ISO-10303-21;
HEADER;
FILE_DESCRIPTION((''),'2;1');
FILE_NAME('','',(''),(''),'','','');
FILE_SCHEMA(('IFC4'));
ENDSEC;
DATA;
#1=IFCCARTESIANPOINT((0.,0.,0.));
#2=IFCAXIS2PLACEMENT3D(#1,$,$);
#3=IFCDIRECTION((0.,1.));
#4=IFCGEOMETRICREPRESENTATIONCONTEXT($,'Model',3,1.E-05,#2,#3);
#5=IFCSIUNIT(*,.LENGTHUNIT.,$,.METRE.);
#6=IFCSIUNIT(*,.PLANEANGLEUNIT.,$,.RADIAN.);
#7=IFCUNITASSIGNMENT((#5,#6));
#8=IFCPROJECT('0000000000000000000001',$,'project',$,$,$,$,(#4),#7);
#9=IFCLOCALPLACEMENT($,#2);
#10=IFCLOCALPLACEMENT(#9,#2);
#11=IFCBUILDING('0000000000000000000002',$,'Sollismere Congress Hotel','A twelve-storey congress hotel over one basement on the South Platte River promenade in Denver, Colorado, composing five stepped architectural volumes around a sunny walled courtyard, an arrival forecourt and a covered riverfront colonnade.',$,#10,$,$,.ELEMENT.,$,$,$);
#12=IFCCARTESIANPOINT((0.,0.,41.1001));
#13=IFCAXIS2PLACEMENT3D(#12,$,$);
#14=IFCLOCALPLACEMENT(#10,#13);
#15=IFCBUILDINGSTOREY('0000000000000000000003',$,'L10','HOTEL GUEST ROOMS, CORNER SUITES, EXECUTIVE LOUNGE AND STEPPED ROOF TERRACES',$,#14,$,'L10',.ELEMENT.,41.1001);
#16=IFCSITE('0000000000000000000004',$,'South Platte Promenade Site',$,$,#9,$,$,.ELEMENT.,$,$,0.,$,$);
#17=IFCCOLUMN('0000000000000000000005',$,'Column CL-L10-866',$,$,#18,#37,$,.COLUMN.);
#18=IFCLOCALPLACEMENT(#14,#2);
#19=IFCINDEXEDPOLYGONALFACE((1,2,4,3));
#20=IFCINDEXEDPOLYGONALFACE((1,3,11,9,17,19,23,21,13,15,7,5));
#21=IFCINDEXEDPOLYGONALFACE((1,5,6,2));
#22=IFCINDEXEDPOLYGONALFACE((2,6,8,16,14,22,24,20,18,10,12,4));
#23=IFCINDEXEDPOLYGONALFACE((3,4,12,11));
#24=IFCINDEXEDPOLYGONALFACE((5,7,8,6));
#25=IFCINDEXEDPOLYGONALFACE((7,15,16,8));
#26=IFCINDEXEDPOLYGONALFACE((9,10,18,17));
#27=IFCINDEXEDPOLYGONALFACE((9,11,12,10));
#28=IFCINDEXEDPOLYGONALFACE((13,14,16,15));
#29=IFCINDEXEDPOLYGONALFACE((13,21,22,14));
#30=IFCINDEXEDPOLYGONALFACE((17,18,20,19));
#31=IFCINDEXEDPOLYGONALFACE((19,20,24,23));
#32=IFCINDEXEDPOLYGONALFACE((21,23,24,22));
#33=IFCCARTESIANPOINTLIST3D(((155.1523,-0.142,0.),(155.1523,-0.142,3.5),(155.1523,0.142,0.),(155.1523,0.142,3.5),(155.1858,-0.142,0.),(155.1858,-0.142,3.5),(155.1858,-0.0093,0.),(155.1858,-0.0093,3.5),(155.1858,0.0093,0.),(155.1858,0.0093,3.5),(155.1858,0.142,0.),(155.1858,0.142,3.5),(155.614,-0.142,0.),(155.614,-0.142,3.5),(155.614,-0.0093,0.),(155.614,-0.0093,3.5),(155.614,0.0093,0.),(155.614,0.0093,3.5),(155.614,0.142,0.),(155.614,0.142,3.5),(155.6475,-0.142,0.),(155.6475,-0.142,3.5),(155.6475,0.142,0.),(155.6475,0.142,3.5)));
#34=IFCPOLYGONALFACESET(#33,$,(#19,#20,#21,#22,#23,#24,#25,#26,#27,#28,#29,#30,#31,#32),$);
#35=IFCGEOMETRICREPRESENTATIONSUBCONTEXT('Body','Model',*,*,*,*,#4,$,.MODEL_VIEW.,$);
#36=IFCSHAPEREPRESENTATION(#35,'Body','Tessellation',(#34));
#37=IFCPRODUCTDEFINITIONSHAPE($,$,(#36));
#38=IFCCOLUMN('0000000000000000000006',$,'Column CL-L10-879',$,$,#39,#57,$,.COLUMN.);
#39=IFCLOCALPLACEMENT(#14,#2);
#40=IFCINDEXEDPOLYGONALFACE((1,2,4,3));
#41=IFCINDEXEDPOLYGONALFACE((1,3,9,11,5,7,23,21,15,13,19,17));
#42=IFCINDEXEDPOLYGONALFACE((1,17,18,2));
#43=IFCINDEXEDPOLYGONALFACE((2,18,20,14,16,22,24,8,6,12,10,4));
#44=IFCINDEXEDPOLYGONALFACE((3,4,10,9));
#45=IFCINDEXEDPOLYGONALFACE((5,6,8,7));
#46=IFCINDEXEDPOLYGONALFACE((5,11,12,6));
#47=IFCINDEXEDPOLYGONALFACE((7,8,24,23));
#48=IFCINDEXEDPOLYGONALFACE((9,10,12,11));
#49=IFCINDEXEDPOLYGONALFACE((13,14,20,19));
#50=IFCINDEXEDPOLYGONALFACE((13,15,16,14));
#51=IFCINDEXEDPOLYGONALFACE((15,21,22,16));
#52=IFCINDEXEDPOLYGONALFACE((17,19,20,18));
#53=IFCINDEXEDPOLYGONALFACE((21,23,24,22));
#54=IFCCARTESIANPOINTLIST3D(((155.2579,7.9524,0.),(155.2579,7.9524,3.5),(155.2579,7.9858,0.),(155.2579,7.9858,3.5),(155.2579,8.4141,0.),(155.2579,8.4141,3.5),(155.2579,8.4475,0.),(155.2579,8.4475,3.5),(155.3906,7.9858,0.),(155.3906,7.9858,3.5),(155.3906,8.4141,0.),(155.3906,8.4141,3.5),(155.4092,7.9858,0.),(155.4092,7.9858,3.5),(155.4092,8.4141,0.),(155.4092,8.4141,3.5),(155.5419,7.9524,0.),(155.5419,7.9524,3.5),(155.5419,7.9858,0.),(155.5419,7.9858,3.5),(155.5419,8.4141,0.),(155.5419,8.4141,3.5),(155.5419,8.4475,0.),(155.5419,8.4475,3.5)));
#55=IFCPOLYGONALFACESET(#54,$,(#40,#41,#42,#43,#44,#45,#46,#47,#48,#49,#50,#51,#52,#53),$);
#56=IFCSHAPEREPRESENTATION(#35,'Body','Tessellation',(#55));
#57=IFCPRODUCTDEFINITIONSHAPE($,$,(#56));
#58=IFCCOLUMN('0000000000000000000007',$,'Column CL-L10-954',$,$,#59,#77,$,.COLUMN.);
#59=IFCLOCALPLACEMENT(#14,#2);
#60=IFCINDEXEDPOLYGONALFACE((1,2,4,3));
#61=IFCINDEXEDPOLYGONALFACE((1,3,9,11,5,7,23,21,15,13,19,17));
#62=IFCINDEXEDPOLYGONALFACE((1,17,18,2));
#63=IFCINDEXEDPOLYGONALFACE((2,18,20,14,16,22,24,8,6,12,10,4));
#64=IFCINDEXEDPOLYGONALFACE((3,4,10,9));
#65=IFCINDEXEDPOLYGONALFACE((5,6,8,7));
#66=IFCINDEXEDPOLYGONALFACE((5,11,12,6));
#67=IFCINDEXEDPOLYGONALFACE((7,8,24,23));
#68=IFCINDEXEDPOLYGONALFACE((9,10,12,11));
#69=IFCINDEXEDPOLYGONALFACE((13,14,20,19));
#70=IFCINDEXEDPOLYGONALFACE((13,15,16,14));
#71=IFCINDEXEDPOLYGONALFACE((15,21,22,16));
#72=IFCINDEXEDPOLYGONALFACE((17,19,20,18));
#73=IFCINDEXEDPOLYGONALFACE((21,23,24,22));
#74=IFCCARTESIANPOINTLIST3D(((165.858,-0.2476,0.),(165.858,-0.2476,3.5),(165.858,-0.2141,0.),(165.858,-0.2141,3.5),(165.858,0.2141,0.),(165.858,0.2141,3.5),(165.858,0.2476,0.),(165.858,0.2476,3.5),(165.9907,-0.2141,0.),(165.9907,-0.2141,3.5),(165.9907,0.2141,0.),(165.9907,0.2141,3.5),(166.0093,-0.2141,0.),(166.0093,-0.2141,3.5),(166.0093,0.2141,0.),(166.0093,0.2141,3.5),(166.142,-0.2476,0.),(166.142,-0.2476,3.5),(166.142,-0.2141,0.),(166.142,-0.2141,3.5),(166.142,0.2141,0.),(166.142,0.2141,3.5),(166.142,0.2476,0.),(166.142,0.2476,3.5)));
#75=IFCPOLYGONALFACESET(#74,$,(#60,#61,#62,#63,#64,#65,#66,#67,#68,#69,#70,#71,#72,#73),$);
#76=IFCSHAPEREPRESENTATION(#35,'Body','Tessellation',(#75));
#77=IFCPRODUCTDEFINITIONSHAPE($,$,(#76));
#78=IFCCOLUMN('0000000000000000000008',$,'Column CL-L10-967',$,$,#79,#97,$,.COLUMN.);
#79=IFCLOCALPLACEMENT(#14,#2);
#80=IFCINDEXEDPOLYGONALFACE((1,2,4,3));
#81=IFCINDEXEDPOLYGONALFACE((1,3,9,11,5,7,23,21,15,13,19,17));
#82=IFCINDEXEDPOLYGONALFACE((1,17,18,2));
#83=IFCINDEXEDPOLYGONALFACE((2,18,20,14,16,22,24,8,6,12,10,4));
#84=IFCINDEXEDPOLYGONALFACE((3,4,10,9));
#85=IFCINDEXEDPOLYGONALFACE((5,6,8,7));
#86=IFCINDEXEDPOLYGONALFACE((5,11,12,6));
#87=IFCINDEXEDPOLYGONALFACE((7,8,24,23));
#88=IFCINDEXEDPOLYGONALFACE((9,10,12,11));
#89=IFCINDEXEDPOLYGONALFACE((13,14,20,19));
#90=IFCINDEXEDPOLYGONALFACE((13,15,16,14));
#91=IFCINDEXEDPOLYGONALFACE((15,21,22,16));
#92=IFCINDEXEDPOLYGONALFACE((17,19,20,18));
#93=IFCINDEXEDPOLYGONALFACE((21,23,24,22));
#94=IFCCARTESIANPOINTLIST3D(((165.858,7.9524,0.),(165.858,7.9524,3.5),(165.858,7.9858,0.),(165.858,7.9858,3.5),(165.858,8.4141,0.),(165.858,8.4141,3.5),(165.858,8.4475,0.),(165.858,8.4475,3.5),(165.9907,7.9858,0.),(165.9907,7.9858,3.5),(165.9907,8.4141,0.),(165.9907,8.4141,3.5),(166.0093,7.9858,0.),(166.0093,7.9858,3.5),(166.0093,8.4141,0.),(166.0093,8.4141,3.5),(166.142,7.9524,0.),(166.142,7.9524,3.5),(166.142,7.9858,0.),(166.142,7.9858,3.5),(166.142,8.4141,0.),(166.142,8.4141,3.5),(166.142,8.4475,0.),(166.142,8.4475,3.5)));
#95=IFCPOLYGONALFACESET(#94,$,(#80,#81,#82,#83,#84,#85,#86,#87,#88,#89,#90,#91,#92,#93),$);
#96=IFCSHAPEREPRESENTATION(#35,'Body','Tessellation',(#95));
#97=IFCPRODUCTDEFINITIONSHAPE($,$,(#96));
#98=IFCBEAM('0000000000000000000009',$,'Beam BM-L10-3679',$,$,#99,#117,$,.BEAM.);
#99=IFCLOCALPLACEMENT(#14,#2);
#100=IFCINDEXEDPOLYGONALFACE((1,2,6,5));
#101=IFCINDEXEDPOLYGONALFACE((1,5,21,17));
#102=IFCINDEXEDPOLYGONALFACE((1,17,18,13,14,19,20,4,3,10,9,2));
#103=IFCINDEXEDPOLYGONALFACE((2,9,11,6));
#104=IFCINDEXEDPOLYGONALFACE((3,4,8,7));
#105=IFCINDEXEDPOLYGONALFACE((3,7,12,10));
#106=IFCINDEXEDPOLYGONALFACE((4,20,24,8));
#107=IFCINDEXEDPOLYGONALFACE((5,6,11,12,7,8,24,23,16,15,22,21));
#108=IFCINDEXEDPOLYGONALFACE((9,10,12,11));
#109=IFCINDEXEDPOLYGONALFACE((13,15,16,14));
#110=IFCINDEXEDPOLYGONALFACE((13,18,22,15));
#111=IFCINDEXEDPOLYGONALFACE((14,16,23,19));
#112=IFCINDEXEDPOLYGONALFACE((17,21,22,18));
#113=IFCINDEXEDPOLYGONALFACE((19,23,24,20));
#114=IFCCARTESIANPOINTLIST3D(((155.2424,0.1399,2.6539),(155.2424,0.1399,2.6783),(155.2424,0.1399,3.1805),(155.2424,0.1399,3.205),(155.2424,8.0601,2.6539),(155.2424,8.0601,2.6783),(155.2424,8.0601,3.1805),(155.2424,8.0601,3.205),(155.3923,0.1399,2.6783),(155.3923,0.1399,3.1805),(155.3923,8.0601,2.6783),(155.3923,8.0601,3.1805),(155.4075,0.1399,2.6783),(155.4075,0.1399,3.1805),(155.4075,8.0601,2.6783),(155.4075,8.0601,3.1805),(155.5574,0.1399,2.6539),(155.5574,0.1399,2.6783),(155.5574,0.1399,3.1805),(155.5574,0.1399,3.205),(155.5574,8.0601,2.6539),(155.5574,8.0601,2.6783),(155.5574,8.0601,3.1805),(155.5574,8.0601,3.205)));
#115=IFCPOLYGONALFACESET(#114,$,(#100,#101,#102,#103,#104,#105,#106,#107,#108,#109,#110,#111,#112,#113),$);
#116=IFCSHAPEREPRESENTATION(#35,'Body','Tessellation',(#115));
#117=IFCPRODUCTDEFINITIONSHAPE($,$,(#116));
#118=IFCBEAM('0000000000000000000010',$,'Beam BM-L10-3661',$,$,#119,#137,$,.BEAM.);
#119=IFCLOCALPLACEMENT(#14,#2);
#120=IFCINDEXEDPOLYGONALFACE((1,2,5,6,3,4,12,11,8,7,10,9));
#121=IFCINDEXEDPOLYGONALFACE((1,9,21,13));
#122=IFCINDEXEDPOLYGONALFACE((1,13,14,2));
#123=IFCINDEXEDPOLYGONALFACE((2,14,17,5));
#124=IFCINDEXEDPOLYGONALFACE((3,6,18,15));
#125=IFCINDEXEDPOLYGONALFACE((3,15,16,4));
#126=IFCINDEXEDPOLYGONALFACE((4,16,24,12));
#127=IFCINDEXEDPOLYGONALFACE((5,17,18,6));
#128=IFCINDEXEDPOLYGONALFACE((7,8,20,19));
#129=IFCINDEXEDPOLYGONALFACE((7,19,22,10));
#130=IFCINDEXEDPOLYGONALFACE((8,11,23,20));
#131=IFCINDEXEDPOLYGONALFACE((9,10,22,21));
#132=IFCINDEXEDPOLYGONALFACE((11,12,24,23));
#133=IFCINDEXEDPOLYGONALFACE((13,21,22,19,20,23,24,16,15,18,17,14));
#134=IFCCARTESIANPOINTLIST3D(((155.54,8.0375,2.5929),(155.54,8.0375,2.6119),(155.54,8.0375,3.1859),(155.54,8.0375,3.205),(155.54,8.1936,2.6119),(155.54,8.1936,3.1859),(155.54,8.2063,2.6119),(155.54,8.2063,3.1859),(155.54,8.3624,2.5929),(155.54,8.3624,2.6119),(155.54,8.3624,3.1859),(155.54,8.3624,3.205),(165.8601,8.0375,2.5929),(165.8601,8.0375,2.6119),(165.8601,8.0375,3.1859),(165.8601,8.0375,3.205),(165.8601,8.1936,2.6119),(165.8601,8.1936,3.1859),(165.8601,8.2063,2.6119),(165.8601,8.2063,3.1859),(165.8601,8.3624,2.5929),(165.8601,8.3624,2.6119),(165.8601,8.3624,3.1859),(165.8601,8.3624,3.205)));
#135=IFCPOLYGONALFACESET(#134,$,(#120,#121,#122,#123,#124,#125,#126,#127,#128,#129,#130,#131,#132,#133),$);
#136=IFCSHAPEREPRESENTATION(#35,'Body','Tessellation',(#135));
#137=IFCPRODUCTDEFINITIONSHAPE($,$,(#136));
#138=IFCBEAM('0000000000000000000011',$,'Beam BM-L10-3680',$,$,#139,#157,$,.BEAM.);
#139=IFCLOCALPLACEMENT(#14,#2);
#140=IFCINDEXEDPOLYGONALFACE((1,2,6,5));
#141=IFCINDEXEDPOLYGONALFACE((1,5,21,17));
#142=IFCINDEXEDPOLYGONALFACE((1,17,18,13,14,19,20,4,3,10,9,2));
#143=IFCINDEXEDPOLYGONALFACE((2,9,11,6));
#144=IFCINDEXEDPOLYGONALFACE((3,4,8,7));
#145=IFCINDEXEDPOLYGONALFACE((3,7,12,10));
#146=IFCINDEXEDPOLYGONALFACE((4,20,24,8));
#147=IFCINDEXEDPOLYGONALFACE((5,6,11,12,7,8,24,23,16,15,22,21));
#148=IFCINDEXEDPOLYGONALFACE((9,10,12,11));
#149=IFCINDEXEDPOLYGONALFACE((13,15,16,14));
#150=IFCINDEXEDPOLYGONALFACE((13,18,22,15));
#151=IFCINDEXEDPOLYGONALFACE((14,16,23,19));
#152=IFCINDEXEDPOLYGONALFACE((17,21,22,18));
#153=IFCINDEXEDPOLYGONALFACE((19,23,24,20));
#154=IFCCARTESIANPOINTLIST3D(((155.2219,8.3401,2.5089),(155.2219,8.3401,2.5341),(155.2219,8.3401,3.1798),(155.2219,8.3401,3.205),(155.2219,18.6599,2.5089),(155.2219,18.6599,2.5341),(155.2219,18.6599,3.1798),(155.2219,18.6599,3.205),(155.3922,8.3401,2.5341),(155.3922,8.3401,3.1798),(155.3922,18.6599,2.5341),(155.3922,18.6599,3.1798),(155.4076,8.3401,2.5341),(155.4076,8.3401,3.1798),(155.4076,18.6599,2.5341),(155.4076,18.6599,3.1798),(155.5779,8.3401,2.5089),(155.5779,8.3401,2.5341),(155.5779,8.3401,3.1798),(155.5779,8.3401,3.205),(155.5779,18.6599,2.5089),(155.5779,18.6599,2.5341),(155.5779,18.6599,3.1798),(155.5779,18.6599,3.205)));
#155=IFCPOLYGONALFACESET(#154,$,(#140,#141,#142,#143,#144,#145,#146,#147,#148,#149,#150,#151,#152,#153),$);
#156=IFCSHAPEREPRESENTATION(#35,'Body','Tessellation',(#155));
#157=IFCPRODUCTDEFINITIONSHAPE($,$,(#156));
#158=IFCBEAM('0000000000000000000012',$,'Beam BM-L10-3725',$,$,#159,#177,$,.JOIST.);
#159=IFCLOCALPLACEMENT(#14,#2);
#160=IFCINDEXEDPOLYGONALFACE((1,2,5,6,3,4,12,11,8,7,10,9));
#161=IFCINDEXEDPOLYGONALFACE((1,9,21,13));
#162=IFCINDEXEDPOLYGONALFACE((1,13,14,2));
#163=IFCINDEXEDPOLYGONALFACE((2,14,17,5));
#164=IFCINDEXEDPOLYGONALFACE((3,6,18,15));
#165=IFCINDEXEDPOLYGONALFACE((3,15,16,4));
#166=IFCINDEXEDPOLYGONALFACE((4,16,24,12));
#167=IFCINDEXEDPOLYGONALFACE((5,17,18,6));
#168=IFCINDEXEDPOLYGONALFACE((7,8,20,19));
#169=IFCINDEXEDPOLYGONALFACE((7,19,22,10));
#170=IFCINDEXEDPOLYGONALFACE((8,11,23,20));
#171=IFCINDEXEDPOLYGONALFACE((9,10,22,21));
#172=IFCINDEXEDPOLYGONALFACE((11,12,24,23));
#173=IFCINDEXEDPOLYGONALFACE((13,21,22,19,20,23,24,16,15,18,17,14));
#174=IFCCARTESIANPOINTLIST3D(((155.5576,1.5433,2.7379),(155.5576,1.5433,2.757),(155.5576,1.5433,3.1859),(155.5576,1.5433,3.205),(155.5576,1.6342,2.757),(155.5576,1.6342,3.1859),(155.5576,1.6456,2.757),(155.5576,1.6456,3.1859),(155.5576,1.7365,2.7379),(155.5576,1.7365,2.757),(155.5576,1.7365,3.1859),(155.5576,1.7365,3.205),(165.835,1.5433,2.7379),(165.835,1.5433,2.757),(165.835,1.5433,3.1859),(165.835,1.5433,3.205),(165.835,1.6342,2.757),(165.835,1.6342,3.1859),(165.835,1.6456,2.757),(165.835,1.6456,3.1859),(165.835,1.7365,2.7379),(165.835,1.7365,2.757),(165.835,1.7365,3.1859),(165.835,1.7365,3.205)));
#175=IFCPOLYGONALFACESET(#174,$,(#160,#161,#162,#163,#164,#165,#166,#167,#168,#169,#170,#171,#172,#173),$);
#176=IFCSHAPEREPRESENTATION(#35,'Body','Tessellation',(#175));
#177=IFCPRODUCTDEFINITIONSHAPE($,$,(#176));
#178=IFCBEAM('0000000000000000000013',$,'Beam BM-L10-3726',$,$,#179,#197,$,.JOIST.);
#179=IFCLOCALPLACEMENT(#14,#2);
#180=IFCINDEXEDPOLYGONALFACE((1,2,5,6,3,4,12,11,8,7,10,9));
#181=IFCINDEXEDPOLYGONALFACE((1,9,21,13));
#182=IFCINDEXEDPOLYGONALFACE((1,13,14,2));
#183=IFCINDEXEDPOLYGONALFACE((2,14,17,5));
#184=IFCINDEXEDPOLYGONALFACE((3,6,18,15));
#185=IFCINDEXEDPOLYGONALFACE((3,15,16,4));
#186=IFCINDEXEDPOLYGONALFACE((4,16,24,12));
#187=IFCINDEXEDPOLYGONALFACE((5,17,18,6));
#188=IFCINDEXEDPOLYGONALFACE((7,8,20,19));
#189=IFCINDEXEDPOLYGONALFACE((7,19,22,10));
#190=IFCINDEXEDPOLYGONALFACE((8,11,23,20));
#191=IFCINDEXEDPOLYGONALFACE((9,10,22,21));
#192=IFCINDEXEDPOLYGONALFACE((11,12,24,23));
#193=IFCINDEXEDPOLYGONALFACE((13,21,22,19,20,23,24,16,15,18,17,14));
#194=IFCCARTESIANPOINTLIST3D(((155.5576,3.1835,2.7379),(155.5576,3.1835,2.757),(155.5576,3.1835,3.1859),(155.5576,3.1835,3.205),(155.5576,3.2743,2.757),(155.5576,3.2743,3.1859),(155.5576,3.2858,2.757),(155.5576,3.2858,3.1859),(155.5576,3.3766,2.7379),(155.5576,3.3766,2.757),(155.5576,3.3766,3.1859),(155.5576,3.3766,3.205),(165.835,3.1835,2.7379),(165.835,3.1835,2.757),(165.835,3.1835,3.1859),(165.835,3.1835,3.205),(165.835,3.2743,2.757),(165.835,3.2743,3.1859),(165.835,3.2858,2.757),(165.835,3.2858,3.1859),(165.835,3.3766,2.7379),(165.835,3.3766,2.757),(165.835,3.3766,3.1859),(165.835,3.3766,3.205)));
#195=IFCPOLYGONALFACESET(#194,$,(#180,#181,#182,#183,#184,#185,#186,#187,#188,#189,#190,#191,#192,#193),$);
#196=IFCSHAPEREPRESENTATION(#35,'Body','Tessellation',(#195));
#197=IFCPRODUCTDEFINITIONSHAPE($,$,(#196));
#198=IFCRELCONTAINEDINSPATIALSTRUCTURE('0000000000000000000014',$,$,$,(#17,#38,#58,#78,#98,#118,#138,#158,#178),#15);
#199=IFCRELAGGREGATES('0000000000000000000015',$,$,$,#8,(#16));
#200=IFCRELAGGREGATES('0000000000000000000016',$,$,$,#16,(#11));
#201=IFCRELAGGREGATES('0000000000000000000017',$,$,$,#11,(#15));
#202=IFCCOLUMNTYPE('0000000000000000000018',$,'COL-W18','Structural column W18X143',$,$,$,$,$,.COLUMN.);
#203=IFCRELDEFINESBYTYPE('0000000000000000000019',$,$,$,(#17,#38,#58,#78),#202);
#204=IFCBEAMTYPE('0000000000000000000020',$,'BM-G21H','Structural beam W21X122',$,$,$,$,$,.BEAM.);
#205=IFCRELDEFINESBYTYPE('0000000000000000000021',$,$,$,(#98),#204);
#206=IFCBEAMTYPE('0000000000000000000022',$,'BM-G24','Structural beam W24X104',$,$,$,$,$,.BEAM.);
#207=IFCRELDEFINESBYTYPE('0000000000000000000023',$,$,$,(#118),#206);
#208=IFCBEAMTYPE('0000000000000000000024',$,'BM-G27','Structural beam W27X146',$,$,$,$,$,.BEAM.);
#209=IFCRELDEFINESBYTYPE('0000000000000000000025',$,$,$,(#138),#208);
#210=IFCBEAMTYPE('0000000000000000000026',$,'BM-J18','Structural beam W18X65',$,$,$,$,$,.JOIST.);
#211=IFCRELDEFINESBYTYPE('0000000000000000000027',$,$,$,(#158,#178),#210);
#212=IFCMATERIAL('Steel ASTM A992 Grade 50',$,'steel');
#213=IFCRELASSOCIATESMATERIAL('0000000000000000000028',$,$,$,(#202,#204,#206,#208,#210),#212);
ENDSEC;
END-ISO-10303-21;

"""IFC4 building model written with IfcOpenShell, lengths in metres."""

from ifc_helpers import new_model, si_unit, direction, frame, origin, origin_2d, place, context, subcontext, project, spatial, i_section, extrude, material, material_profile, profile_set, type_object, element, save


model = new_model("IFC4")

# Units and contexts
model_context = context("Model", 3, precision=1e-05, world=origin(), true_north=direction((0.0, 1.0)))
body_context = subcontext(model_context, "Body", "Model", "MODEL_VIEW")
ifc_project = project(units=[si_unit("LENGTHUNIT", "METRE"), si_unit("PLANEANGLEUNIT", "RADIAN")], contexts=[model_context])

# Site, building, storey
site_placement = place(None, origin())
site = spatial("IfcSite", under=ifc_project, at=site_placement, Name="South Platte Promenade Site", CompositionType="ELEMENT", RefElevation=0.0)
building_placement = place(site_placement, origin())
building = spatial("IfcBuilding", under=site, at=building_placement, Name="Sollismere Congress Hotel", Description="A twelve-storey congress hotel over one basement on the South Platte River promenade in Denver, Colorado, composing five stepped architectural volumes around a sunny walled courtyard, an arrival forecourt and a covered riverfront colonnade.", CompositionType="ELEMENT")
storey_placement = place(building_placement, frame((0.0, 0.0, 41.1001)))
storey = spatial("IfcBuildingStorey", under=building, at=storey_placement, Name="L10", Description="HOTEL GUEST ROOMS, CORNER SUITES, EXECUTIVE LOUNGE AND STEPPED ROOF TERRACES", LongName="L10", CompositionType="ELEMENT", Elevation=41.1001)

# Columns
ifc_material_1 = material(Name="Steel ASTM A992 Grade 50", Category="steel")
ifc_material_profile_1 = material_profile(ifc_material_1, i_section(OverallWidth=0.2839, OverallDepth=0.4951, WebThickness=0.0186, FlangeThickness=0.0334, at=origin_2d()), Name="W18X143")
ifc_profile_set_1 = profile_set([ifc_material_profile_1], Name="Steel ASTM A992 Grade 50")
column_type = type_object("IfcColumnType", Name="COL-W18", Description="Structural column W18X143", PredefinedType="COLUMN", material=ifc_profile_set_1)
for number, where, z_axis, x_axis, name in (
    (1, (155.3999, 0.0, 0.0), (0.0, 0.0, 1.0), (0.0, 1.0, 0.0), "Column CL-L10-866"),
    (2, (155.3999, 8.2, 0.0), (0.0, 0.0, 1.0), (1.0, 0.0, 0.0), "Column CL-L10-879"),
    (3, (166.0, 0.0, 0.0), (0.0, 0.0, 1.0), (1.0, 0.0, 0.0), "Column CL-L10-954"),
    (4, (166.0, 8.2, 0.0), (0.0, 0.0, 1.0), (1.0, 0.0, 0.0), "Column CL-L10-967"),
):
    element("IfcColumn", number, at=place(storey_placement, frame(where, z_axis=z_axis, x_axis=x_axis)), inside=storey, type_object=column_type, Name=name, PredefinedType="COLUMN", context=body_context, shape_type="SweptSolid", body=[
        extrude(i_section(OverallWidth=0.2839, OverallDepth=0.4951, WebThickness=0.0186, FlangeThickness=0.0334, at=origin_2d()), origin(), (0.0, 0.0, 1.0), 3.5),
    ])

# Beams
ifc_material_profile_2 = material_profile(ifc_material_1, i_section(OverallWidth=0.3149, OverallDepth=0.551, WebThickness=0.0151, FlangeThickness=0.0244, at=origin_2d()), Name="W21X122")
ifc_profile_set_2 = profile_set([ifc_material_profile_2], Name="Steel ASTM A992 Grade 50")
beam_type_1 = type_object("IfcBeamType", Name="BM-G21H", Description="Structural beam W21X122", PredefinedType="BEAM", material=ifc_profile_set_2)
beam_1_placement = place(storey_placement, frame((155.3999, 0.1399, 2.9294), z_axis=(0.0, 1.0, 0.0), x_axis=(-1.0, 0.0, 0.0)))
element("IfcBeam", 5, at=beam_1_placement, inside=storey, type_object=beam_type_1, Name="Beam BM-L10-3679", PredefinedType="BEAM", context=body_context, shape_type="SweptSolid", body=[
    extrude(i_section(OverallWidth=0.3149, OverallDepth=0.551, WebThickness=0.0151, FlangeThickness=0.0244, at=origin_2d()), origin(), (0.0, 0.0, 1.0), 7.9202),
])
ifc_material_profile_3 = material_profile(ifc_material_1, i_section(OverallWidth=0.325, OverallDepth=0.6121, WebThickness=0.0127, FlangeThickness=0.019, at=origin_2d()), Name="W24X104")
ifc_profile_set_3 = profile_set([ifc_material_profile_3], Name="Steel ASTM A992 Grade 50")
beam_type_2 = type_object("IfcBeamType", Name="BM-G24", Description="Structural beam W24X104", PredefinedType="BEAM", material=ifc_profile_set_3)
beam_2_placement = place(storey_placement, frame((155.54, 8.2, 2.8989), z_axis=(1.0, 0.0, 0.0), x_axis=(0.0, 1.0, 0.0)))
element("IfcBeam", 6, at=beam_2_placement, inside=storey, type_object=beam_type_2, Name="Beam BM-L10-3661", PredefinedType="BEAM", context=body_context, shape_type="SweptSolid", body=[
    extrude(i_section(OverallWidth=0.325, OverallDepth=0.6121, WebThickness=0.0127, FlangeThickness=0.019, at=origin_2d()), origin(), (0.0, 0.0, 1.0), 10.3201),
])
ifc_material_profile_4 = material_profile(ifc_material_1, i_section(OverallWidth=0.356, OverallDepth=0.696, WebThickness=0.0154, FlangeThickness=0.0251, at=origin_2d()), Name="W27X146")
ifc_profile_set_4 = profile_set([ifc_material_profile_4], Name="Steel ASTM A992 Grade 50")
beam_type_3 = type_object("IfcBeamType", Name="BM-G27", Description="Structural beam W27X146", PredefinedType="BEAM", material=ifc_profile_set_4)
beam_3_placement = place(storey_placement, frame((155.3999, 8.3401, 2.8569), z_axis=(0.0, 1.0, 0.0), x_axis=(-1.0, 0.0, 0.0)))
element("IfcBeam", 7, at=beam_3_placement, inside=storey, type_object=beam_type_3, Name="Beam BM-L10-3680", PredefinedType="BEAM", context=body_context, shape_type="SweptSolid", body=[
    extrude(i_section(OverallWidth=0.356, OverallDepth=0.696, WebThickness=0.0154, FlangeThickness=0.0251, at=origin_2d()), origin(), (0.0, 0.0, 1.0), 10.3198),
])
ifc_material_profile_5 = material_profile(ifc_material_1, i_section(OverallWidth=0.1931, OverallDepth=0.467, WebThickness=0.0115, FlangeThickness=0.019, at=origin_2d()), Name="W18X65")
ifc_profile_set_5 = profile_set([ifc_material_profile_5], Name="Steel ASTM A992 Grade 50")
beam_type_4 = type_object("IfcBeamType", Name="BM-J18", Description="Structural beam W18X65", PredefinedType="JOIST", material=ifc_profile_set_5)
for number, where, z_axis, x_axis, name in (
    (8, (155.5576, 1.6399, 2.9714), (1.0, 0.0, 0.0), (0.0, 1.0, 0.0), "Beam BM-L10-3725"),
    (9, (155.5576, 3.28, 2.9714), (1.0, 0.0, 0.0), (0.0, 1.0, 0.0), "Beam BM-L10-3726"),
):
    element("IfcBeam", number, at=place(storey_placement, frame(where, z_axis=z_axis, x_axis=x_axis)), inside=storey, type_object=beam_type_4, Name=name, PredefinedType="JOIST", context=body_context, shape_type="SweptSolid", body=[
        extrude(i_section(OverallWidth=0.1931, OverallDepth=0.467, WebThickness=0.0115, FlangeThickness=0.019, at=origin_2d()), origin(), (0.0, 0.0, 1.0), 10.2773),
    ])

save(model, "model.ifc")
